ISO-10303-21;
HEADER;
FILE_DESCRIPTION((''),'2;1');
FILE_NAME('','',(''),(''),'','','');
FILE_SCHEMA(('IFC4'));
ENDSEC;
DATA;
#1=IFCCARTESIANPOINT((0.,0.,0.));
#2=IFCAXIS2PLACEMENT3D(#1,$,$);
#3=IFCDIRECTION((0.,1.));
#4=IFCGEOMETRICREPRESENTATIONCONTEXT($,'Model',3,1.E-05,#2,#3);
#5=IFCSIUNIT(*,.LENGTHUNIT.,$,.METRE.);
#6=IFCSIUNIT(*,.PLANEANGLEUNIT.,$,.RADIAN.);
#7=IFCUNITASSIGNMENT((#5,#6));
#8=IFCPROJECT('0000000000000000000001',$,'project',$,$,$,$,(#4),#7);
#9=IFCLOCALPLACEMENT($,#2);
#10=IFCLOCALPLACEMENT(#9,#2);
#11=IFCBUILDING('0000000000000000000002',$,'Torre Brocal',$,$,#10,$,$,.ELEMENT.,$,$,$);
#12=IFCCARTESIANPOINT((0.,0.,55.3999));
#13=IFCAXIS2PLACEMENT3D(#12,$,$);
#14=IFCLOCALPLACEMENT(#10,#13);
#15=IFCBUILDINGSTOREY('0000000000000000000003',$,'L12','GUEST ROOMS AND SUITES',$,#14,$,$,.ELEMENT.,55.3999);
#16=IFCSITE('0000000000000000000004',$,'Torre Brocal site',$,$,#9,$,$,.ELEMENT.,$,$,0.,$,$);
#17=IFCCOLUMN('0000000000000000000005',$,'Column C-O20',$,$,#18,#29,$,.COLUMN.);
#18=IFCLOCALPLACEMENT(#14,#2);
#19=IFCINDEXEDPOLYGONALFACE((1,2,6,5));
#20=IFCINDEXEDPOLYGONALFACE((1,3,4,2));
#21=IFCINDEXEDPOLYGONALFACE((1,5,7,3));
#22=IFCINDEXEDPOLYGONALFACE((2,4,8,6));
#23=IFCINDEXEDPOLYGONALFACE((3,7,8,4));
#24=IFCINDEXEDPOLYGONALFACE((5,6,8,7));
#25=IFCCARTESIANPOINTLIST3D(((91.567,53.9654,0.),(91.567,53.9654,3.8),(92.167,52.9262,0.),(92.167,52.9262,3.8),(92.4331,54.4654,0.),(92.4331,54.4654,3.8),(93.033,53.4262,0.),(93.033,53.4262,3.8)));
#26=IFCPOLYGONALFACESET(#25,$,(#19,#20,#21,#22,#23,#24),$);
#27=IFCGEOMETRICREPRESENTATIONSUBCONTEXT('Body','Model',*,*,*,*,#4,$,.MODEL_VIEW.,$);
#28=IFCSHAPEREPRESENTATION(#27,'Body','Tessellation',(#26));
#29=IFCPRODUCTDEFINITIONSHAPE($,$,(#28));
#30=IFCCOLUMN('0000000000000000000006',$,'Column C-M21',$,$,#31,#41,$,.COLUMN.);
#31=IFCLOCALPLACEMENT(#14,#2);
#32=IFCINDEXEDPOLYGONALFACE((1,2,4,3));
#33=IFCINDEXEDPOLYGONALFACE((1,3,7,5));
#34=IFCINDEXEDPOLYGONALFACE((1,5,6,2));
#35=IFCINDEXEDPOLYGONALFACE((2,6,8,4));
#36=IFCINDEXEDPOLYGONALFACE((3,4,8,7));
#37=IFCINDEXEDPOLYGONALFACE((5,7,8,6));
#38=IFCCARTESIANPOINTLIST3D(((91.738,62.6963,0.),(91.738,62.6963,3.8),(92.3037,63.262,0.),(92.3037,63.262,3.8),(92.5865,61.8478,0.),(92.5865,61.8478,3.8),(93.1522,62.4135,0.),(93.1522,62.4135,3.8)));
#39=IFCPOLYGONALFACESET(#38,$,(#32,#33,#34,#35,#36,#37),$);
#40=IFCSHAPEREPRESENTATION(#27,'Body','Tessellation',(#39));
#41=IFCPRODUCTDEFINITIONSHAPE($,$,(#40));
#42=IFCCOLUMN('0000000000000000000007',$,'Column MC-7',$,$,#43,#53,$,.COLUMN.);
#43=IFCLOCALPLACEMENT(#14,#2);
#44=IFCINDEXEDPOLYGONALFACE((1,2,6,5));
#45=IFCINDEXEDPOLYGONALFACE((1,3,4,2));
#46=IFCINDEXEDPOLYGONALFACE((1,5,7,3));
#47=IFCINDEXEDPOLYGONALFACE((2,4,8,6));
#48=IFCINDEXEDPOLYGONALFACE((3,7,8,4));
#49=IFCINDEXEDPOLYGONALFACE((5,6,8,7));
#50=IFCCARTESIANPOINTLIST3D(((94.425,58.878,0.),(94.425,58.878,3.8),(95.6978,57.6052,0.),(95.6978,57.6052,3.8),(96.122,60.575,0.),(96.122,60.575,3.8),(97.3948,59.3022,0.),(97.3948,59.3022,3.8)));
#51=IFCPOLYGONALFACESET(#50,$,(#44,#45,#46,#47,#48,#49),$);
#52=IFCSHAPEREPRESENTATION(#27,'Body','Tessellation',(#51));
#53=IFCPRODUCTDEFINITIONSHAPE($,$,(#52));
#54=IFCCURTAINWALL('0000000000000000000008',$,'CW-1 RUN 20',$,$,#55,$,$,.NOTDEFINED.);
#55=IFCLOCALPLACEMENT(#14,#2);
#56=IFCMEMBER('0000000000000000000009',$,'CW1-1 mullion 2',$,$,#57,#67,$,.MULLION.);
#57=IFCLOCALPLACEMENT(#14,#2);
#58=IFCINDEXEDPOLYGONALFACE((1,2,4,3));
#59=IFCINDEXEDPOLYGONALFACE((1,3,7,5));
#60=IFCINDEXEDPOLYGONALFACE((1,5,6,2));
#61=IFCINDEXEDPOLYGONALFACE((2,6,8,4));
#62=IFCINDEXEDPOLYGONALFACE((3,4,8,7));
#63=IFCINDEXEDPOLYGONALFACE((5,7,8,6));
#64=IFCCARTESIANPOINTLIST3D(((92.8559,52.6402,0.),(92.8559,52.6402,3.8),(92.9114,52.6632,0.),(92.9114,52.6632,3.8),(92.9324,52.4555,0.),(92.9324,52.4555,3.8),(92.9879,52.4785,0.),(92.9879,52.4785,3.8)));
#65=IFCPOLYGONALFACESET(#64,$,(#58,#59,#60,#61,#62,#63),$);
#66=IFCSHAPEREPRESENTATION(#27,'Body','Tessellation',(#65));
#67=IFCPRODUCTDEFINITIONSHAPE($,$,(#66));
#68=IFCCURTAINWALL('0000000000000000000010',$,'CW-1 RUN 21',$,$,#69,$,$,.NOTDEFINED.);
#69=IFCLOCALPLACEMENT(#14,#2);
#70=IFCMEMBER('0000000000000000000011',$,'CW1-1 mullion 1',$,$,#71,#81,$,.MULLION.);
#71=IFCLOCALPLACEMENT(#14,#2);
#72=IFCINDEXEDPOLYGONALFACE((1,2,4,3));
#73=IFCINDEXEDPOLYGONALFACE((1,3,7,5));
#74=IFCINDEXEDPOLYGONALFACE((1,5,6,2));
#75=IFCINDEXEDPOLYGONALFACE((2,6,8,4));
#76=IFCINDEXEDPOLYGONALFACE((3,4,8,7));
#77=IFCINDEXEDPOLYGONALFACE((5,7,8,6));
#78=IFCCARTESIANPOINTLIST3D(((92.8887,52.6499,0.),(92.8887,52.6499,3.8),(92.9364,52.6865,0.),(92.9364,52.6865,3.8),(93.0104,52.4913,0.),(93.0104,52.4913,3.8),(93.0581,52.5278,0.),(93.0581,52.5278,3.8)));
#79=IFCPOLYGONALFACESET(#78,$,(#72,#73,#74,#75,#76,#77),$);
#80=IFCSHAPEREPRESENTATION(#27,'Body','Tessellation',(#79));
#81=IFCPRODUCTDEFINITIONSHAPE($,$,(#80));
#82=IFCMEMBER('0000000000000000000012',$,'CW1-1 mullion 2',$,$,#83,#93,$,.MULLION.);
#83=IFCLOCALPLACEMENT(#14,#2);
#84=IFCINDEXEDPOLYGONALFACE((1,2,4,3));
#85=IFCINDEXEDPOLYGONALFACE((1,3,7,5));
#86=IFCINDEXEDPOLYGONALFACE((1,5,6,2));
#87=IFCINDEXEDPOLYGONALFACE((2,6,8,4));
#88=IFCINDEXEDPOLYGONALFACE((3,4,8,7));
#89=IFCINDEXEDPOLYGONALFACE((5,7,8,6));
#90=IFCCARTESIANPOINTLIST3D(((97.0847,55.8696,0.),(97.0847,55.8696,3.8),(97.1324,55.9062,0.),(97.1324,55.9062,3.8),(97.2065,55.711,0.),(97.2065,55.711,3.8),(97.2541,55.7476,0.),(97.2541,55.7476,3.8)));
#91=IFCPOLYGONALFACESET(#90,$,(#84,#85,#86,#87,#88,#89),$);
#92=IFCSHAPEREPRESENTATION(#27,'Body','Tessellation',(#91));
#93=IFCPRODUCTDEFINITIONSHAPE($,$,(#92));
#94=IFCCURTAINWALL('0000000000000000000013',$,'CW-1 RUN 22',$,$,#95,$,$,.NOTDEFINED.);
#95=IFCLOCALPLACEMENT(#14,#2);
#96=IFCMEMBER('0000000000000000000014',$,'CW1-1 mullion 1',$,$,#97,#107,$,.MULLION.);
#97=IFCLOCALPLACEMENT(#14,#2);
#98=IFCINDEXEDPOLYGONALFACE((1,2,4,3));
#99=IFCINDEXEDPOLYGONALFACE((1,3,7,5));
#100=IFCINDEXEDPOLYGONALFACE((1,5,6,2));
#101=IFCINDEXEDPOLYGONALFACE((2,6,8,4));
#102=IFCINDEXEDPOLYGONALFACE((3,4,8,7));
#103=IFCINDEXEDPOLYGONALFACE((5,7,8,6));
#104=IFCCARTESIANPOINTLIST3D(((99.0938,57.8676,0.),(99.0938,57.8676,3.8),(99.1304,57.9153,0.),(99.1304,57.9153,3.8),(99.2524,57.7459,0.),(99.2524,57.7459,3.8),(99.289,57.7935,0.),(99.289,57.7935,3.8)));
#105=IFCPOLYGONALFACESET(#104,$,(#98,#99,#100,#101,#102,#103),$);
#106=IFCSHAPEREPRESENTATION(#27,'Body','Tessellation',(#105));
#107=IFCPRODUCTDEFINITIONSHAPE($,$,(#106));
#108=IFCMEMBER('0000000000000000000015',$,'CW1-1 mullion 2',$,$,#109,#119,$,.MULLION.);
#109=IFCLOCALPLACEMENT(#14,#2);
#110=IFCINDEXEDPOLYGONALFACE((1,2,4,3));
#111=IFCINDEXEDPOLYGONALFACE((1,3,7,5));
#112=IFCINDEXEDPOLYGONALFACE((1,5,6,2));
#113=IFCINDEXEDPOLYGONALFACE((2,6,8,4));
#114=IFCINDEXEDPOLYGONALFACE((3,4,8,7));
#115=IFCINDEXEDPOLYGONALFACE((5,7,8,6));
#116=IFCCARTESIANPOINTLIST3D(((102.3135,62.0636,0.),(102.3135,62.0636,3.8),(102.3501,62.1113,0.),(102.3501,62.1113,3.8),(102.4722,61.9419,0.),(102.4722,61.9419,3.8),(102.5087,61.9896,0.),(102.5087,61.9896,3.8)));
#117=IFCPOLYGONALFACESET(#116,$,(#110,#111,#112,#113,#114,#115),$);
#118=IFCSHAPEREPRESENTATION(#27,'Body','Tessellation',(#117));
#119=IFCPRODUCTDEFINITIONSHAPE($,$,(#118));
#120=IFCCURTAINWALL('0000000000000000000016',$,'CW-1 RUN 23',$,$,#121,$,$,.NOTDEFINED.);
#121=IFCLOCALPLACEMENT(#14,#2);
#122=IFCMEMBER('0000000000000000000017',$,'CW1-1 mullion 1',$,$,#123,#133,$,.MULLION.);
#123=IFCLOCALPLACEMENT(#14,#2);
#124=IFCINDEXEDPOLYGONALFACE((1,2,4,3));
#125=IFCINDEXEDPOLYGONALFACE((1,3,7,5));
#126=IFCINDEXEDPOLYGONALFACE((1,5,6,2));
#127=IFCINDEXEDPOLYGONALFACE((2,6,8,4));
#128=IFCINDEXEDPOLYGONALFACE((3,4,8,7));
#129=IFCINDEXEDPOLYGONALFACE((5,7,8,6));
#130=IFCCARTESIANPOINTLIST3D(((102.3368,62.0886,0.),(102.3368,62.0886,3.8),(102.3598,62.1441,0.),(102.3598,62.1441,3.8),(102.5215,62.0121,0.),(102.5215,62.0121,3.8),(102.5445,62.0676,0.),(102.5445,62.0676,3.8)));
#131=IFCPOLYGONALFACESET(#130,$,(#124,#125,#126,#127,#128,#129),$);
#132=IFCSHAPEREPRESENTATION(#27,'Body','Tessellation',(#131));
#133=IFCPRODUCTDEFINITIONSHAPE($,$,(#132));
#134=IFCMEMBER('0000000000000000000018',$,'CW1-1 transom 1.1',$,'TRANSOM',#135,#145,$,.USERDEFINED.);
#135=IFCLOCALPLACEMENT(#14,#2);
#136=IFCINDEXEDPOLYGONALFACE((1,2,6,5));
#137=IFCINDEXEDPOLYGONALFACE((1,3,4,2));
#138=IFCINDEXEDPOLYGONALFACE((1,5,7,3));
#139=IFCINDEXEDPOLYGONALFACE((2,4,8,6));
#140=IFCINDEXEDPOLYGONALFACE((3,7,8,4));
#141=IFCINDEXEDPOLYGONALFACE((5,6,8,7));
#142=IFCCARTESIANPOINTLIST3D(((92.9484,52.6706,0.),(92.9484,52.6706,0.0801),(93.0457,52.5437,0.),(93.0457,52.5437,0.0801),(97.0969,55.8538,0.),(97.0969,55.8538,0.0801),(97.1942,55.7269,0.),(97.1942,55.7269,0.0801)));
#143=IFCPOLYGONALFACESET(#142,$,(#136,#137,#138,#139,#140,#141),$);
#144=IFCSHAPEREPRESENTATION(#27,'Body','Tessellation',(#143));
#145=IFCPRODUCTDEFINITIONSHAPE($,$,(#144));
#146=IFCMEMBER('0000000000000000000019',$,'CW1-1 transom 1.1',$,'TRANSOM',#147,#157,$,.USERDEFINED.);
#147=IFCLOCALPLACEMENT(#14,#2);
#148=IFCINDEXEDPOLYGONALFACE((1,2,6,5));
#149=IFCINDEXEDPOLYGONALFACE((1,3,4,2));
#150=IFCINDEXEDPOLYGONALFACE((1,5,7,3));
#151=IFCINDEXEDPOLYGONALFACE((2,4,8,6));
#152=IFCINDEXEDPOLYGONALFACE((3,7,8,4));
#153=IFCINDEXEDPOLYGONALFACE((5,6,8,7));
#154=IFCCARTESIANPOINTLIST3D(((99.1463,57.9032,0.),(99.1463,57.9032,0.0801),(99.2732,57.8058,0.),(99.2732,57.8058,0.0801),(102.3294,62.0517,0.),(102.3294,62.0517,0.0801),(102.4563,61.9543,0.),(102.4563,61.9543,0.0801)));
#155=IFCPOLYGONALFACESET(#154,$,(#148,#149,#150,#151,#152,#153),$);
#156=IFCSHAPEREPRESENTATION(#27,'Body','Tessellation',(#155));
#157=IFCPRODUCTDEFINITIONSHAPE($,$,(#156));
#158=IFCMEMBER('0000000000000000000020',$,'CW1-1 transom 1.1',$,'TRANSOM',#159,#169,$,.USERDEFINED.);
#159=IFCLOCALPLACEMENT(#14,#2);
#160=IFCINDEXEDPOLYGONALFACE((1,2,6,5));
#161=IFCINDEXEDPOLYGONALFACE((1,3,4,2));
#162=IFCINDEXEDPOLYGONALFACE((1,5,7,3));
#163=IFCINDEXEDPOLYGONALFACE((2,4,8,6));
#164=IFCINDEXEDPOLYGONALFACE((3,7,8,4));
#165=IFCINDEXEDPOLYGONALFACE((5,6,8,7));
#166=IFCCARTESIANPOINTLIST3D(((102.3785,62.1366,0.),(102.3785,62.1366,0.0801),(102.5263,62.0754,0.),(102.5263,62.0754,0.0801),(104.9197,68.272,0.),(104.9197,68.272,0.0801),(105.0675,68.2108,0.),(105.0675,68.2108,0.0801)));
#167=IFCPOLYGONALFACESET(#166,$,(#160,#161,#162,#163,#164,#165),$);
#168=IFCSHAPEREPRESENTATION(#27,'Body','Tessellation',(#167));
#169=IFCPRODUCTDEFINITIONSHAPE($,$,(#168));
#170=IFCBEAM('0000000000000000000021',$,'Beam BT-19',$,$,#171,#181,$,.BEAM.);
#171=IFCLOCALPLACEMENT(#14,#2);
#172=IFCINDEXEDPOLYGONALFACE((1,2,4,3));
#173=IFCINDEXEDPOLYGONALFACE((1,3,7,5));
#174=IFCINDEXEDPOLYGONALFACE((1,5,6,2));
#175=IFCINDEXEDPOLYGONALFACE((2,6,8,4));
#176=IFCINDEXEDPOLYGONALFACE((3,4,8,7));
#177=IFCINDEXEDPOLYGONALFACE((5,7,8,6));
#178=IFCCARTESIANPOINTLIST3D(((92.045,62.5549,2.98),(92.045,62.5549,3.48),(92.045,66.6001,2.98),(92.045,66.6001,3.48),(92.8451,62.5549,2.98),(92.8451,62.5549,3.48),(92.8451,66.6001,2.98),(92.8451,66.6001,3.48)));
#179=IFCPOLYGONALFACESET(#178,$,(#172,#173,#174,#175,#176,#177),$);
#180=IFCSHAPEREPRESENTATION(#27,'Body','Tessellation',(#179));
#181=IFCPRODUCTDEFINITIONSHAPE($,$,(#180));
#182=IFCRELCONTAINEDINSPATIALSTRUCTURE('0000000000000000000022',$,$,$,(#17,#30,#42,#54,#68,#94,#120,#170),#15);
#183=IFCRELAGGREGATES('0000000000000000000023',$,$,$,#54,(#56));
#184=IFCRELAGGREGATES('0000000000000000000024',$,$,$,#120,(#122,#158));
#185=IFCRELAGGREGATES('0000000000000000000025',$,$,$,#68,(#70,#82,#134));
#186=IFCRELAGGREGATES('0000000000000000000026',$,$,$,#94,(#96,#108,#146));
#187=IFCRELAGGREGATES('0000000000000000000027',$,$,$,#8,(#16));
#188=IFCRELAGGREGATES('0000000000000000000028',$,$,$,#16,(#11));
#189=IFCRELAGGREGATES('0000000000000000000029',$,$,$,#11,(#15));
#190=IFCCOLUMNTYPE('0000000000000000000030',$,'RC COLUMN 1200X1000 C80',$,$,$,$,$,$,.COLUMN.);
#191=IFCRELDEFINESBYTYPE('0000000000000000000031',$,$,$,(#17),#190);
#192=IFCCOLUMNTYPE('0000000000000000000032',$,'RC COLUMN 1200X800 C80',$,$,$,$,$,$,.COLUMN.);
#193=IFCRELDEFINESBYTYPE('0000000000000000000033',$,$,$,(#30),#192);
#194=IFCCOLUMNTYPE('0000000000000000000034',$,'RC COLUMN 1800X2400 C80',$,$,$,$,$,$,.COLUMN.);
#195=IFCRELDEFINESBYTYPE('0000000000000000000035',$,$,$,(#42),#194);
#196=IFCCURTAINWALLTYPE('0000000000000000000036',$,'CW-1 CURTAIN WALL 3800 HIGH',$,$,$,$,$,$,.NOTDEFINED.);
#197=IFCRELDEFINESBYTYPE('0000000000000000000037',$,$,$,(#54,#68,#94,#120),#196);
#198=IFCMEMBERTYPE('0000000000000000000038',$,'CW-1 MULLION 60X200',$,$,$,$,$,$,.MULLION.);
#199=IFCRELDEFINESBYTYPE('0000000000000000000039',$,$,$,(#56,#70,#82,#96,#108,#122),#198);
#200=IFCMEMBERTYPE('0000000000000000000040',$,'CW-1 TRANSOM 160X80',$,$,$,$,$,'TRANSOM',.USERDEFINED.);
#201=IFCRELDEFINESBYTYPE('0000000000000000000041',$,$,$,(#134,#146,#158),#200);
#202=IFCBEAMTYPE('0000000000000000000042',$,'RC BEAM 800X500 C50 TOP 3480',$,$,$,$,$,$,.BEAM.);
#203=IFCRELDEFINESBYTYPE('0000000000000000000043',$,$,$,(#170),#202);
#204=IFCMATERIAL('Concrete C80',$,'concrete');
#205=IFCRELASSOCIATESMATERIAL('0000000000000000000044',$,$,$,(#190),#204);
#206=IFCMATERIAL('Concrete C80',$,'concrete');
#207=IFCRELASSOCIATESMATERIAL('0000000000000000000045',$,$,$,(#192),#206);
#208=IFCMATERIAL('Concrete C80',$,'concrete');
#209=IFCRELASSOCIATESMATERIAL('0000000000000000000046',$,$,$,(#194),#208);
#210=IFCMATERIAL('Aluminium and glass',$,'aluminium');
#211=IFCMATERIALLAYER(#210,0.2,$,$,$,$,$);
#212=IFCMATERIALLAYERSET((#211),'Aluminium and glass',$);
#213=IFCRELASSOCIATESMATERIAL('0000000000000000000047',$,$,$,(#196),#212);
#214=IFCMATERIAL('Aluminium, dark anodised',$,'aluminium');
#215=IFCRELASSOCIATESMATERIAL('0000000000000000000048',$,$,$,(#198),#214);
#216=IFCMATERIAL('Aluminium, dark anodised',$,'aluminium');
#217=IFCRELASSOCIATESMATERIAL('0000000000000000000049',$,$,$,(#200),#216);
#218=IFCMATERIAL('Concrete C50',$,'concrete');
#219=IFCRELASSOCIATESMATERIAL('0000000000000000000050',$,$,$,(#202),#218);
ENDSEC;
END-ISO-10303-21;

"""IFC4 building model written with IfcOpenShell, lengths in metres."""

from ifc_helpers import new_model, si_unit, direction, frame, origin, origin_2d, place, context, subcontext, project, spatial, rectangle, extrude, material, layer, layer_set, material_profile, profile_set, type_object, element, aggregate, save


model = new_model("IFC4")

# Units and contexts
model_context = context("Model", 3, precision=1e-05, world=origin(), true_north=direction((0.0, 1.0)))
body_context = subcontext(model_context, "Body", "Model", "MODEL_VIEW")
ifc_project = project(units=[si_unit("LENGTHUNIT", "METRE"), si_unit("PLANEANGLEUNIT", "RADIAN")], contexts=[model_context])

# Site, building, storey
site_placement = place(None, origin())
site = spatial("IfcSite", under=ifc_project, at=site_placement, Name="Torre Brocal site", CompositionType="ELEMENT", RefElevation=0.0)
building_placement = place(site_placement, origin())
building = spatial("IfcBuilding", under=site, at=building_placement, Name="Torre Brocal", CompositionType="ELEMENT")
storey_placement = place(building_placement, frame((0.0, 0.0, 55.3999)))
storey = spatial("IfcBuildingStorey", under=building, at=storey_placement, Name="L12", Description="GUEST ROOMS AND SUITES", CompositionType="ELEMENT", Elevation=55.3999)

# Columns
ifc_material_1 = material(Name="Concrete C80", Category="concrete")
ifc_material_profile_1 = material_profile(ifc_material_1, rectangle(XDim=1.2, YDim=1.0, at=origin_2d()), Name="RC 1200X1000")
ifc_profile_set_1 = profile_set([ifc_material_profile_1], Name="Concrete C80")
column_type_1 = type_object("IfcColumnType", Name="RC COLUMN 1200X1000 C80", PredefinedType="COLUMN", material=ifc_profile_set_1)
column_1_placement = place(storey_placement, frame((92.3, 53.6958, 0.0), z_axis=(0.0, 0.0, 1.0), x_axis=(0.5, -0.866025, 0.0)))
element("IfcColumn", 1, at=column_1_placement, inside=storey, type_object=column_type_1, Name="Column C-O20", PredefinedType="COLUMN", context=body_context, shape_type="SweptSolid", body=[
    extrude(rectangle(XDim=1.2, YDim=1.0, at=origin_2d()), origin(), (0.0, 0.0, 1.0), 3.8),
])
ifc_material_2 = material(Name="Concrete C80", Category="concrete")
ifc_material_profile_2 = material_profile(ifc_material_2, rectangle(XDim=1.2, YDim=0.8, at=origin_2d()), Name="RC 1200X800")
ifc_profile_set_2 = profile_set([ifc_material_profile_2], Name="Concrete C80")
column_type_2 = type_object("IfcColumnType", Name="RC COLUMN 1200X800 C80", PredefinedType="COLUMN", material=ifc_profile_set_2)
column_2_placement = place(storey_placement, frame((92.4451, 62.5549, 0.0), z_axis=(0.0, 0.0, 1.0), x_axis=(0.707107, -0.707107, 0.0)))
element("IfcColumn", 2, at=column_2_placement, inside=storey, type_object=column_type_2, Name="Column C-M21", PredefinedType="COLUMN", context=body_context, shape_type="SweptSolid", body=[
    extrude(rectangle(XDim=1.2, YDim=0.8, at=origin_2d()), origin(), (0.0, 0.0, 1.0), 3.8),
])
ifc_material_3 = material(Name="Concrete C80", Category="concrete")
ifc_material_profile_3 = material_profile(ifc_material_3, rectangle(XDim=1.8, YDim=2.3999, at=origin_2d()), Name="RC 1800X2400")
ifc_profile_set_3 = profile_set([ifc_material_profile_3], Name="Concrete C80")
column_type_3 = type_object("IfcColumnType", Name="RC COLUMN 1800X2400 C80", PredefinedType="COLUMN", material=ifc_profile_set_3)
column_3_placement = place(storey_placement, frame((95.9099, 59.0901, 0.0), z_axis=(0.0, 0.0, 1.0), x_axis=(0.707107, -0.707107, 0.0)))
element("IfcColumn", 3, at=column_3_placement, inside=storey, type_object=column_type_3, Name="Column MC-7", PredefinedType="COLUMN", context=body_context, shape_type="SweptSolid", body=[
    extrude(rectangle(XDim=1.8, YDim=2.3999, at=origin_2d()), origin(), (0.0, 0.0, 1.0), 3.8),
])

# Curtain wall, member
ifc_material_4 = material(Name="Aluminium and glass", Category="aluminium")
ifc_layer_1 = layer(ifc_material_4, 0.2)
ifc_layer_set_1 = layer_set([ifc_layer_1], Name="Aluminium and glass")
curtain_wall_type = type_object("IfcCurtainWallType", Name="CW-1 CURTAIN WALL 3800 HIGH", PredefinedType="NOTDEFINED", material=ifc_layer_set_1)
curtain_wall_1_placement = place(storey_placement, origin())
curtain_wall_1 = element("IfcCurtainWall", 4, at=curtain_wall_1_placement, inside=storey, type_object=curtain_wall_type, Name="CW-1 RUN 20", PredefinedType="NOTDEFINED")
ifc_material_5 = material(Name="Aluminium, dark anodised", Category="aluminium")
ifc_material_profile_4 = material_profile(ifc_material_5, rectangle(XDim=0.2, YDim=0.0601, at=origin_2d()), Name="CW-1 MULLION 60X200")
ifc_profile_set_4 = profile_set([ifc_material_profile_4], Name="Aluminium, dark anodised")
member_type_1 = type_object("IfcMemberType", Name="CW-1 MULLION 60X200", PredefinedType="MULLION", material=ifc_profile_set_4)
member_1_placement = place(storey_placement, frame((92.9219, 52.5593, 0.0), z_axis=(0.0, 0.0, 1.0), x_axis=(-0.382683, 0.92388, 0.0)))
member_1 = element("IfcMember", 5, at=member_1_placement, type_object=member_type_1, Name="CW1-1 mullion 2", PredefinedType="MULLION", context=body_context, shape_type="SweptSolid", body=[
    extrude(rectangle(XDim=0.2, YDim=0.0601, at=origin_2d()), origin(), (0.0, 0.0, 1.0), 3.8),
])
aggregate(curtain_wall_1, [member_1])

# Curtain walls, members
curtain_wall_2_placement = place(storey_placement, origin())
curtain_wall_2 = element("IfcCurtainWall", 6, at=curtain_wall_2_placement, inside=storey, type_object=curtain_wall_type, Name="CW-1 RUN 21", PredefinedType="NOTDEFINED")
member_2_placement = place(storey_placement, frame((92.9734, 52.5889, 0.0), z_axis=(0.0, 0.0, 1.0), x_axis=(-0.608761, 0.793353, 0.0)))
member_2 = element("IfcMember", 7, at=member_2_placement, type_object=member_type_1, Name="CW1-1 mullion 1", PredefinedType="MULLION", context=body_context, shape_type="SweptSolid", body=[
    extrude(rectangle(XDim=0.2, YDim=0.0601, at=origin_2d()), origin(), (0.0, 0.0, 1.0), 3.8),
])
member_3_placement = place(storey_placement, frame((97.1694, 55.8086, 0.0), z_axis=(0.0, 0.0, 1.0), x_axis=(-0.608761, 0.793353, 0.0)))
member_3 = element("IfcMember", 8, at=member_3_placement, type_object=member_type_1, Name="CW1-1 mullion 2", PredefinedType="MULLION", context=body_context, shape_type="SweptSolid", body=[
    extrude(rectangle(XDim=0.2, YDim=0.0601, at=origin_2d()), origin(), (0.0, 0.0, 1.0), 3.8),
])
curtain_wall_3_placement = place(storey_placement, origin())
curtain_wall_3 = element("IfcCurtainWall", 9, at=curtain_wall_3_placement, inside=storey, type_object=curtain_wall_type, Name="CW-1 RUN 22", PredefinedType="NOTDEFINED")
member_4_placement = place(storey_placement, frame((99.1914, 57.8306, 0.0), z_axis=(0.0, 0.0, 1.0), x_axis=(-0.793353, 0.608761, 0.0)))
member_4 = element("IfcMember", 10, at=member_4_placement, type_object=member_type_1, Name="CW1-1 mullion 1", PredefinedType="MULLION", context=body_context, shape_type="SweptSolid", body=[
    extrude(rectangle(XDim=0.2, YDim=0.0601, at=origin_2d()), origin(), (0.0, 0.0, 1.0), 3.8),
])
member_5_placement = place(storey_placement, frame((102.4111, 62.0266, 0.0), z_axis=(0.0, 0.0, 1.0), x_axis=(-0.793353, 0.608761, 0.0)))
member_5 = element("IfcMember", 11, at=member_5_placement, type_object=member_type_1, Name="CW1-1 mullion 2", PredefinedType="MULLION", context=body_context, shape_type="SweptSolid", body=[
    extrude(rectangle(XDim=0.2, YDim=0.0601, at=origin_2d()), origin(), (0.0, 0.0, 1.0), 3.8),
])

# Curtain wall, member
curtain_wall_4_placement = place(storey_placement, origin())
curtain_wall_4 = element("IfcCurtainWall", 12, at=curtain_wall_4_placement, inside=storey, type_object=curtain_wall_type, Name="CW-1 RUN 23", PredefinedType="NOTDEFINED")
member_6_placement = place(storey_placement, frame((102.4407, 62.0781, 0.0), z_axis=(0.0, 0.0, 1.0), x_axis=(-0.92388, 0.382683, 0.0)))
member_6 = element("IfcMember", 13, at=member_6_placement, type_object=member_type_1, Name="CW1-1 mullion 1", PredefinedType="MULLION", context=body_context, shape_type="SweptSolid", body=[
    extrude(rectangle(XDim=0.2, YDim=0.0601, at=origin_2d()), origin(), (0.0, 0.0, 1.0), 3.8),
])

# Members
ifc_material_6 = material(Name="Aluminium, dark anodised", Category="aluminium")
ifc_material_profile_5 = material_profile(ifc_material_6, rectangle(XDim=0.1599, YDim=0.0801, at=origin_2d()), Name="CW-1 TRANSOM 160X80")
ifc_profile_set_5 = profile_set([ifc_material_profile_5], Name="Aluminium, dark anodised")
member_type_2 = type_object("IfcMemberType", Name="CW-1 TRANSOM 160X80", ElementType="TRANSOM", PredefinedType="USERDEFINED", material=ifc_profile_set_5)
member_7_placement = place(storey_placement, frame((92.9971, 52.6072, 0.04), z_axis=(0.793363, 0.608749, 0.0), x_axis=(-0.608749, 0.793363, 0.0)))
member_7 = element("IfcMember", 14, at=member_7_placement, type_object=member_type_2, Name="CW1-1 transom 1.1", ObjectType="TRANSOM", PredefinedType="USERDEFINED", context=body_context, shape_type="SweptSolid", body=[
    extrude(rectangle(XDim=0.1599, YDim=0.0801, at=origin_2d()), origin(), (0.0, 0.0, 1.0), 5.229),
])
member_8_placement = place(storey_placement, frame((99.2097, 57.8545, 0.04), z_axis=(0.608749, 0.793363, 0.0), x_axis=(-0.793363, 0.608749, 0.0)))
member_8 = element("IfcMember", 15, at=member_8_placement, type_object=member_type_2, Name="CW1-1 transom 1.1", ObjectType="TRANSOM", PredefinedType="USERDEFINED", context=body_context, shape_type="SweptSolid", body=[
    extrude(rectangle(XDim=0.1599, YDim=0.0801, at=origin_2d()), origin(), (0.0, 0.0, 1.0), 5.229),
])
member_9_placement = place(storey_placement, frame((102.4524, 62.106, 0.04), z_axis=(0.382665, 0.923887, 0.0), x_axis=(-0.923887, 0.382665, 0.0)))
member_9 = element("IfcMember", 16, at=member_9_placement, type_object=member_type_2, Name="CW1-1 transom 1.1", ObjectType="TRANSOM", PredefinedType="USERDEFINED", context=body_context, shape_type="SweptSolid", body=[
    extrude(rectangle(XDim=0.1599, YDim=0.0801, at=origin_2d()), origin(), (0.0, 0.0, 1.0), 6.6409),
])
aggregate(curtain_wall_4, [member_6, member_9])

# Beam
ifc_material_7 = material(Name="Concrete C50", Category="concrete")
ifc_material_profile_6 = material_profile(ifc_material_7, rectangle(XDim=0.8, YDim=0.5, at=origin_2d()), Name="RC 800X500")
ifc_profile_set_6 = profile_set([ifc_material_profile_6], Name="Concrete C50")
beam_type_1 = type_object("IfcBeamType", Name="RC BEAM 800X500 C50 TOP 3480", PredefinedType="BEAM", material=ifc_profile_set_6)
beam_placement = place(storey_placement, frame((92.4451, 62.5549, 3.23), z_axis=(0.0, 1.0, 0.0), x_axis=(-1.0, 0.0, 0.0)))
element("IfcBeam", 17, at=beam_placement, inside=storey, type_object=beam_type_1, Name="Beam BT-19", PredefinedType="BEAM", context=body_context, shape_type="SweptSolid", body=[
    extrude(rectangle(XDim=0.8, YDim=0.5, at=origin_2d()), origin(), (0.0, 0.0, 1.0), 4.0452),
])

aggregate(curtain_wall_2, [member_2, member_3, member_7])
aggregate(curtain_wall_3, [member_4, member_5, member_8])

save(model, "model.ifc")
